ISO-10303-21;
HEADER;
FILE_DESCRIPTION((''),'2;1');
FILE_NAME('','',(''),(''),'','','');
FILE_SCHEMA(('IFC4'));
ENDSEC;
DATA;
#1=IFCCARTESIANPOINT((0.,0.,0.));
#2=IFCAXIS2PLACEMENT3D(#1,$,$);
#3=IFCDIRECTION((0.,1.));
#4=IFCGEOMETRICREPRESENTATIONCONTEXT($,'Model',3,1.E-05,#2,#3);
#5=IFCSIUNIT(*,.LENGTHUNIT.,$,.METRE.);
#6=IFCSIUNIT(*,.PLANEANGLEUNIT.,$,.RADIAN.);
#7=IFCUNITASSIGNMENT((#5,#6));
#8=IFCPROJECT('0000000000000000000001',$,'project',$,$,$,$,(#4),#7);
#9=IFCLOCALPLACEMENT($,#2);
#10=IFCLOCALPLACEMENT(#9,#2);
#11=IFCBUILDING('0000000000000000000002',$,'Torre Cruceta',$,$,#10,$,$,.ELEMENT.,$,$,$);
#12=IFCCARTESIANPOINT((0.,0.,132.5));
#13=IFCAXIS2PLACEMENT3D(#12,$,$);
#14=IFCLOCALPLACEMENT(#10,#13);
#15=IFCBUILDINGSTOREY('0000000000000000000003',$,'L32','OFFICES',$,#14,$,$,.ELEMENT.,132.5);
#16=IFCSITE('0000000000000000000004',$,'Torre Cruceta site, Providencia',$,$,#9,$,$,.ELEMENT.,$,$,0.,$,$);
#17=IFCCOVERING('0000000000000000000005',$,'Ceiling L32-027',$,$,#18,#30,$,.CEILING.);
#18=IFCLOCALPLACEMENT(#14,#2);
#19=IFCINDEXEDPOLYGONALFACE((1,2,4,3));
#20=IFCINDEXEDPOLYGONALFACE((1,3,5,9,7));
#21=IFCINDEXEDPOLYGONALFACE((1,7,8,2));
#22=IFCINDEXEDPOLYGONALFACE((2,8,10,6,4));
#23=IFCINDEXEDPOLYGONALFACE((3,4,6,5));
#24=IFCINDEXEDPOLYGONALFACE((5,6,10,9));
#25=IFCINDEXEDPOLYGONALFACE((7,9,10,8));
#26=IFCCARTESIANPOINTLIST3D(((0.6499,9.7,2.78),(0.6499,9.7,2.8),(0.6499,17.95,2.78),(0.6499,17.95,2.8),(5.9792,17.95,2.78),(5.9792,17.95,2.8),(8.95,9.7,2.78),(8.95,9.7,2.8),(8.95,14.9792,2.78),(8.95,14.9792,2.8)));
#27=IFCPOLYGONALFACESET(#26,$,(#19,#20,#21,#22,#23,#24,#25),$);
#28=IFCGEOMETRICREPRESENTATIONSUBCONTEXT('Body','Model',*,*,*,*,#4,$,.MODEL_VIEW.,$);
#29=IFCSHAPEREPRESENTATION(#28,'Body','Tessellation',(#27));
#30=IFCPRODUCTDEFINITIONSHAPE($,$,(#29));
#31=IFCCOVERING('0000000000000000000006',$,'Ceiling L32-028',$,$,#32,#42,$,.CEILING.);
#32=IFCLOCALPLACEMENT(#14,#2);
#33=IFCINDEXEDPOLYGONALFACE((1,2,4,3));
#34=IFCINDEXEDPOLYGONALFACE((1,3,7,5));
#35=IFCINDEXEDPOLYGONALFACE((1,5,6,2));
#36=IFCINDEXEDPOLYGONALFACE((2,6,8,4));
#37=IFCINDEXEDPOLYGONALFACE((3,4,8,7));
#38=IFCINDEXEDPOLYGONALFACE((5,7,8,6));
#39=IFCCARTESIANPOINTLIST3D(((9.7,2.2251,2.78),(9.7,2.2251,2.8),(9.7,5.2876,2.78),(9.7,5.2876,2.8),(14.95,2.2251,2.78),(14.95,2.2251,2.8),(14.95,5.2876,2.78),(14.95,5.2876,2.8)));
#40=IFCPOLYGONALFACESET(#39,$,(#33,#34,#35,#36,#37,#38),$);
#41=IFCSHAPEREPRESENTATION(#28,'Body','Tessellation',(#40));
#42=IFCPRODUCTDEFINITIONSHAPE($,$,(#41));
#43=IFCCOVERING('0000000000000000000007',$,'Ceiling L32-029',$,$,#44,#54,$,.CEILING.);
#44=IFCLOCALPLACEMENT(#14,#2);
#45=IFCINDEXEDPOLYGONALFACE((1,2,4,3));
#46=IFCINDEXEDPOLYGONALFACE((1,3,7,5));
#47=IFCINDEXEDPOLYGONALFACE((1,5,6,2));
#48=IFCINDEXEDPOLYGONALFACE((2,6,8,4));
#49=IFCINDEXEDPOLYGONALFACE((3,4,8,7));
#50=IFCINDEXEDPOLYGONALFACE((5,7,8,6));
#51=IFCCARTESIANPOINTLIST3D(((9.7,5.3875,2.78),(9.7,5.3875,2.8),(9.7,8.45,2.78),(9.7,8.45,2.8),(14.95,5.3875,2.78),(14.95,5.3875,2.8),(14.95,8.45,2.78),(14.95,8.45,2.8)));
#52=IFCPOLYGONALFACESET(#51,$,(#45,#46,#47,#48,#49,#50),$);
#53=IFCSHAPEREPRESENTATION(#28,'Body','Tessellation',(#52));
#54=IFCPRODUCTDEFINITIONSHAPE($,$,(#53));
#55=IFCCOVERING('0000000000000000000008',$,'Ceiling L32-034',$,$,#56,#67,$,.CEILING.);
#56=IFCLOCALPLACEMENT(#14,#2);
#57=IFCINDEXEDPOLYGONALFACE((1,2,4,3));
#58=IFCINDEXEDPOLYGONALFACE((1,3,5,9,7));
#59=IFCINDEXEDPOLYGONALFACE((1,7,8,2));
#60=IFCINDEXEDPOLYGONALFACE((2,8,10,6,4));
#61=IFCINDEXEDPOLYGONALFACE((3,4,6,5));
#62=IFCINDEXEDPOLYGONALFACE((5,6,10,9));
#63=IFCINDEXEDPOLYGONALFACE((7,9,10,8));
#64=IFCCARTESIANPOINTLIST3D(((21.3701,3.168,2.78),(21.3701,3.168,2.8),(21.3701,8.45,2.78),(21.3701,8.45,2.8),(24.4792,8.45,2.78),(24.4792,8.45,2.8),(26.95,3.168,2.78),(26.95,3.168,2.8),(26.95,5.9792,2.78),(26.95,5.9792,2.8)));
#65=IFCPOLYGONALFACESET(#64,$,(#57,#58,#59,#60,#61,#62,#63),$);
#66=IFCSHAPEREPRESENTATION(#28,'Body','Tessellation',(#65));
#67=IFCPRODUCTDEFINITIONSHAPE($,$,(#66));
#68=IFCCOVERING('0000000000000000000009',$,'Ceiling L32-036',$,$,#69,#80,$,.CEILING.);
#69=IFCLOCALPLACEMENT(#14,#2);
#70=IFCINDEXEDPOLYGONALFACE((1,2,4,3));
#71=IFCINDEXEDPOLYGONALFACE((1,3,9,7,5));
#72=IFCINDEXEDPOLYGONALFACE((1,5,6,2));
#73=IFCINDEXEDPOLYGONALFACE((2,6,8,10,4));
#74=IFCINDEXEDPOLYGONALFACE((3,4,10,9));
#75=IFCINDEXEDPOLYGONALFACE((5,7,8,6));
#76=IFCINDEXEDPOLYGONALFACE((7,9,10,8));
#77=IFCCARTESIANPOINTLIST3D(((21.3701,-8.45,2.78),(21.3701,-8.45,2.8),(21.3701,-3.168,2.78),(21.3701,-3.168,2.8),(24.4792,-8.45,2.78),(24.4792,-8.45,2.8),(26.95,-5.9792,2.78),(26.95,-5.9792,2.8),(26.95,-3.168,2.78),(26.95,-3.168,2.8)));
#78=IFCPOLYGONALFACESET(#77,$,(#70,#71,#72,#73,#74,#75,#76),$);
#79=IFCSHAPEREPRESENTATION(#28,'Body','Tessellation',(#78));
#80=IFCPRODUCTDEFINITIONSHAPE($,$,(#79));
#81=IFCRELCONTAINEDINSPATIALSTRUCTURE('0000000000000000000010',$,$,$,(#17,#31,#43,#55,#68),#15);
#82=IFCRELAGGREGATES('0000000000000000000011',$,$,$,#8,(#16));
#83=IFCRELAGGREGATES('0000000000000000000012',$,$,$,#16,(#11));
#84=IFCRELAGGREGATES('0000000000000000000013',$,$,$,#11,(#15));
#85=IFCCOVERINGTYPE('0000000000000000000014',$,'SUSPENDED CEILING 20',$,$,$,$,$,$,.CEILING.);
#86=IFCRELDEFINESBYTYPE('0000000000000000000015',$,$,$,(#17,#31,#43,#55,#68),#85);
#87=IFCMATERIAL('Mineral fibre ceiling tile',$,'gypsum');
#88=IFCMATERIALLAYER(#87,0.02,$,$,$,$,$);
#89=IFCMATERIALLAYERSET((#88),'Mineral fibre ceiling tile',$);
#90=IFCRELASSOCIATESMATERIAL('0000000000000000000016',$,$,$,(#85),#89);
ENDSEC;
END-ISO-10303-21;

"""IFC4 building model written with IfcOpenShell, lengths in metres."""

from ifc_helpers import new_model, si_unit, direction, frame, origin, place, context, subcontext, project, spatial, polyline, outline, extrude, material, layer, layer_set, type_object, element, save


model = new_model("IFC4")

# Units and contexts
model_context = context("Model", 3, precision=1e-05, world=origin(), true_north=direction((0.0, 1.0)))
body_context = subcontext(model_context, "Body", "Model", "MODEL_VIEW")
ifc_project = project(units=[si_unit("LENGTHUNIT", "METRE"), si_unit("PLANEANGLEUNIT", "RADIAN")], contexts=[model_context])

# Site, building, storey
site_placement = place(None, origin())
site = spatial("IfcSite", under=ifc_project, at=site_placement, Name="Torre Cruceta site, Providencia", CompositionType="ELEMENT", RefElevation=0.0)
building_placement = place(site_placement, origin())
building = spatial("IfcBuilding", under=site, at=building_placement, Name="Torre Cruceta", CompositionType="ELEMENT")
storey_placement = place(building_placement, frame((0.0, 0.0, 132.5)))
storey = spatial("IfcBuildingStorey", under=building, at=storey_placement, Name="L32", Description="OFFICES", CompositionType="ELEMENT", Elevation=132.5)

# Coverings
ifc_material_1 = material(Name="Mineral fibre ceiling tile", Category="gypsum")
ifc_layer_1 = layer(ifc_material_1, 0.02)
ifc_layer_set_1 = layer_set([ifc_layer_1], Name="Mineral fibre ceiling tile")
covering_type_1 = type_object("IfcCoveringType", Name="SUSPENDED CEILING 20", PredefinedType="CEILING", material=ifc_layer_set_1)
covering_1_placement = place(storey_placement, frame((0.0, 0.0, 2.78)))
element("IfcCovering", 1, at=covering_1_placement, inside=storey, type_object=covering_type_1, Name="Ceiling L32-027", PredefinedType="CEILING", context=body_context, shape_type="SweptSolid", body=[
    extrude(outline(polyline([(5.9792, 17.95), (8.95, 14.9792), (8.95, 9.7), (0.6499, 9.7), (0.6499, 17.95), (5.9792, 17.95)])), origin(), (0.0, 0.0, 1.0), 0.02),
])
covering_2_placement = place(storey_placement, frame((0.0, 0.0, 2.78)))
element("IfcCovering", 2, at=covering_2_placement, inside=storey, type_object=covering_type_1, Name="Ceiling L32-028", PredefinedType="CEILING", context=body_context, shape_type="SweptSolid", body=[
    extrude(outline(polyline([(9.7, 2.2251), (9.7, 5.2876), (14.95, 5.2876), (14.95, 2.2251), (9.7, 2.2251)])), origin(), (0.0, 0.0, 1.0), 0.02),
])
covering_3_placement = place(storey_placement, frame((0.0, 0.0, 2.78)))
element("IfcCovering", 3, at=covering_3_placement, inside=storey, type_object=covering_type_1, Name="Ceiling L32-029", PredefinedType="CEILING", context=body_context, shape_type="SweptSolid", body=[
    extrude(outline(polyline([(9.7, 5.3875), (9.7, 8.45), (14.95, 8.45), (14.95, 5.3875), (9.7, 5.3875)])), origin(), (0.0, 0.0, 1.0), 0.02),
])
covering_4_placement = place(storey_placement, frame((0.0, 0.0, 2.78)))
element("IfcCovering", 4, at=covering_4_placement, inside=storey, type_object=covering_type_1, Name="Ceiling L32-034", PredefinedType="CEILING", context=body_context, shape_type="SweptSolid", body=[
    extrude(outline(polyline([(26.95, 3.168), (21.3701, 3.168), (21.3701, 8.45), (24.4792, 8.45), (26.95, 5.9792), (26.95, 3.168)])), origin(), (0.0, 0.0, 1.0), 0.02),
])
covering_5_placement = place(storey_placement, frame((0.0, 0.0, 2.78)))
element("IfcCovering", 5, at=covering_5_placement, inside=storey, type_object=covering_type_1, Name="Ceiling L32-036", PredefinedType="CEILING", context=body_context, shape_type="SweptSolid", body=[
    extrude(outline(polyline([(24.4792, -8.45), (21.3701, -8.45), (21.3701, -3.168), (26.95, -3.168), (26.95, -5.9792), (24.4792, -8.45)])), origin(), (0.0, 0.0, 1.0), 0.02),
])

save(model, "model.ifc")
